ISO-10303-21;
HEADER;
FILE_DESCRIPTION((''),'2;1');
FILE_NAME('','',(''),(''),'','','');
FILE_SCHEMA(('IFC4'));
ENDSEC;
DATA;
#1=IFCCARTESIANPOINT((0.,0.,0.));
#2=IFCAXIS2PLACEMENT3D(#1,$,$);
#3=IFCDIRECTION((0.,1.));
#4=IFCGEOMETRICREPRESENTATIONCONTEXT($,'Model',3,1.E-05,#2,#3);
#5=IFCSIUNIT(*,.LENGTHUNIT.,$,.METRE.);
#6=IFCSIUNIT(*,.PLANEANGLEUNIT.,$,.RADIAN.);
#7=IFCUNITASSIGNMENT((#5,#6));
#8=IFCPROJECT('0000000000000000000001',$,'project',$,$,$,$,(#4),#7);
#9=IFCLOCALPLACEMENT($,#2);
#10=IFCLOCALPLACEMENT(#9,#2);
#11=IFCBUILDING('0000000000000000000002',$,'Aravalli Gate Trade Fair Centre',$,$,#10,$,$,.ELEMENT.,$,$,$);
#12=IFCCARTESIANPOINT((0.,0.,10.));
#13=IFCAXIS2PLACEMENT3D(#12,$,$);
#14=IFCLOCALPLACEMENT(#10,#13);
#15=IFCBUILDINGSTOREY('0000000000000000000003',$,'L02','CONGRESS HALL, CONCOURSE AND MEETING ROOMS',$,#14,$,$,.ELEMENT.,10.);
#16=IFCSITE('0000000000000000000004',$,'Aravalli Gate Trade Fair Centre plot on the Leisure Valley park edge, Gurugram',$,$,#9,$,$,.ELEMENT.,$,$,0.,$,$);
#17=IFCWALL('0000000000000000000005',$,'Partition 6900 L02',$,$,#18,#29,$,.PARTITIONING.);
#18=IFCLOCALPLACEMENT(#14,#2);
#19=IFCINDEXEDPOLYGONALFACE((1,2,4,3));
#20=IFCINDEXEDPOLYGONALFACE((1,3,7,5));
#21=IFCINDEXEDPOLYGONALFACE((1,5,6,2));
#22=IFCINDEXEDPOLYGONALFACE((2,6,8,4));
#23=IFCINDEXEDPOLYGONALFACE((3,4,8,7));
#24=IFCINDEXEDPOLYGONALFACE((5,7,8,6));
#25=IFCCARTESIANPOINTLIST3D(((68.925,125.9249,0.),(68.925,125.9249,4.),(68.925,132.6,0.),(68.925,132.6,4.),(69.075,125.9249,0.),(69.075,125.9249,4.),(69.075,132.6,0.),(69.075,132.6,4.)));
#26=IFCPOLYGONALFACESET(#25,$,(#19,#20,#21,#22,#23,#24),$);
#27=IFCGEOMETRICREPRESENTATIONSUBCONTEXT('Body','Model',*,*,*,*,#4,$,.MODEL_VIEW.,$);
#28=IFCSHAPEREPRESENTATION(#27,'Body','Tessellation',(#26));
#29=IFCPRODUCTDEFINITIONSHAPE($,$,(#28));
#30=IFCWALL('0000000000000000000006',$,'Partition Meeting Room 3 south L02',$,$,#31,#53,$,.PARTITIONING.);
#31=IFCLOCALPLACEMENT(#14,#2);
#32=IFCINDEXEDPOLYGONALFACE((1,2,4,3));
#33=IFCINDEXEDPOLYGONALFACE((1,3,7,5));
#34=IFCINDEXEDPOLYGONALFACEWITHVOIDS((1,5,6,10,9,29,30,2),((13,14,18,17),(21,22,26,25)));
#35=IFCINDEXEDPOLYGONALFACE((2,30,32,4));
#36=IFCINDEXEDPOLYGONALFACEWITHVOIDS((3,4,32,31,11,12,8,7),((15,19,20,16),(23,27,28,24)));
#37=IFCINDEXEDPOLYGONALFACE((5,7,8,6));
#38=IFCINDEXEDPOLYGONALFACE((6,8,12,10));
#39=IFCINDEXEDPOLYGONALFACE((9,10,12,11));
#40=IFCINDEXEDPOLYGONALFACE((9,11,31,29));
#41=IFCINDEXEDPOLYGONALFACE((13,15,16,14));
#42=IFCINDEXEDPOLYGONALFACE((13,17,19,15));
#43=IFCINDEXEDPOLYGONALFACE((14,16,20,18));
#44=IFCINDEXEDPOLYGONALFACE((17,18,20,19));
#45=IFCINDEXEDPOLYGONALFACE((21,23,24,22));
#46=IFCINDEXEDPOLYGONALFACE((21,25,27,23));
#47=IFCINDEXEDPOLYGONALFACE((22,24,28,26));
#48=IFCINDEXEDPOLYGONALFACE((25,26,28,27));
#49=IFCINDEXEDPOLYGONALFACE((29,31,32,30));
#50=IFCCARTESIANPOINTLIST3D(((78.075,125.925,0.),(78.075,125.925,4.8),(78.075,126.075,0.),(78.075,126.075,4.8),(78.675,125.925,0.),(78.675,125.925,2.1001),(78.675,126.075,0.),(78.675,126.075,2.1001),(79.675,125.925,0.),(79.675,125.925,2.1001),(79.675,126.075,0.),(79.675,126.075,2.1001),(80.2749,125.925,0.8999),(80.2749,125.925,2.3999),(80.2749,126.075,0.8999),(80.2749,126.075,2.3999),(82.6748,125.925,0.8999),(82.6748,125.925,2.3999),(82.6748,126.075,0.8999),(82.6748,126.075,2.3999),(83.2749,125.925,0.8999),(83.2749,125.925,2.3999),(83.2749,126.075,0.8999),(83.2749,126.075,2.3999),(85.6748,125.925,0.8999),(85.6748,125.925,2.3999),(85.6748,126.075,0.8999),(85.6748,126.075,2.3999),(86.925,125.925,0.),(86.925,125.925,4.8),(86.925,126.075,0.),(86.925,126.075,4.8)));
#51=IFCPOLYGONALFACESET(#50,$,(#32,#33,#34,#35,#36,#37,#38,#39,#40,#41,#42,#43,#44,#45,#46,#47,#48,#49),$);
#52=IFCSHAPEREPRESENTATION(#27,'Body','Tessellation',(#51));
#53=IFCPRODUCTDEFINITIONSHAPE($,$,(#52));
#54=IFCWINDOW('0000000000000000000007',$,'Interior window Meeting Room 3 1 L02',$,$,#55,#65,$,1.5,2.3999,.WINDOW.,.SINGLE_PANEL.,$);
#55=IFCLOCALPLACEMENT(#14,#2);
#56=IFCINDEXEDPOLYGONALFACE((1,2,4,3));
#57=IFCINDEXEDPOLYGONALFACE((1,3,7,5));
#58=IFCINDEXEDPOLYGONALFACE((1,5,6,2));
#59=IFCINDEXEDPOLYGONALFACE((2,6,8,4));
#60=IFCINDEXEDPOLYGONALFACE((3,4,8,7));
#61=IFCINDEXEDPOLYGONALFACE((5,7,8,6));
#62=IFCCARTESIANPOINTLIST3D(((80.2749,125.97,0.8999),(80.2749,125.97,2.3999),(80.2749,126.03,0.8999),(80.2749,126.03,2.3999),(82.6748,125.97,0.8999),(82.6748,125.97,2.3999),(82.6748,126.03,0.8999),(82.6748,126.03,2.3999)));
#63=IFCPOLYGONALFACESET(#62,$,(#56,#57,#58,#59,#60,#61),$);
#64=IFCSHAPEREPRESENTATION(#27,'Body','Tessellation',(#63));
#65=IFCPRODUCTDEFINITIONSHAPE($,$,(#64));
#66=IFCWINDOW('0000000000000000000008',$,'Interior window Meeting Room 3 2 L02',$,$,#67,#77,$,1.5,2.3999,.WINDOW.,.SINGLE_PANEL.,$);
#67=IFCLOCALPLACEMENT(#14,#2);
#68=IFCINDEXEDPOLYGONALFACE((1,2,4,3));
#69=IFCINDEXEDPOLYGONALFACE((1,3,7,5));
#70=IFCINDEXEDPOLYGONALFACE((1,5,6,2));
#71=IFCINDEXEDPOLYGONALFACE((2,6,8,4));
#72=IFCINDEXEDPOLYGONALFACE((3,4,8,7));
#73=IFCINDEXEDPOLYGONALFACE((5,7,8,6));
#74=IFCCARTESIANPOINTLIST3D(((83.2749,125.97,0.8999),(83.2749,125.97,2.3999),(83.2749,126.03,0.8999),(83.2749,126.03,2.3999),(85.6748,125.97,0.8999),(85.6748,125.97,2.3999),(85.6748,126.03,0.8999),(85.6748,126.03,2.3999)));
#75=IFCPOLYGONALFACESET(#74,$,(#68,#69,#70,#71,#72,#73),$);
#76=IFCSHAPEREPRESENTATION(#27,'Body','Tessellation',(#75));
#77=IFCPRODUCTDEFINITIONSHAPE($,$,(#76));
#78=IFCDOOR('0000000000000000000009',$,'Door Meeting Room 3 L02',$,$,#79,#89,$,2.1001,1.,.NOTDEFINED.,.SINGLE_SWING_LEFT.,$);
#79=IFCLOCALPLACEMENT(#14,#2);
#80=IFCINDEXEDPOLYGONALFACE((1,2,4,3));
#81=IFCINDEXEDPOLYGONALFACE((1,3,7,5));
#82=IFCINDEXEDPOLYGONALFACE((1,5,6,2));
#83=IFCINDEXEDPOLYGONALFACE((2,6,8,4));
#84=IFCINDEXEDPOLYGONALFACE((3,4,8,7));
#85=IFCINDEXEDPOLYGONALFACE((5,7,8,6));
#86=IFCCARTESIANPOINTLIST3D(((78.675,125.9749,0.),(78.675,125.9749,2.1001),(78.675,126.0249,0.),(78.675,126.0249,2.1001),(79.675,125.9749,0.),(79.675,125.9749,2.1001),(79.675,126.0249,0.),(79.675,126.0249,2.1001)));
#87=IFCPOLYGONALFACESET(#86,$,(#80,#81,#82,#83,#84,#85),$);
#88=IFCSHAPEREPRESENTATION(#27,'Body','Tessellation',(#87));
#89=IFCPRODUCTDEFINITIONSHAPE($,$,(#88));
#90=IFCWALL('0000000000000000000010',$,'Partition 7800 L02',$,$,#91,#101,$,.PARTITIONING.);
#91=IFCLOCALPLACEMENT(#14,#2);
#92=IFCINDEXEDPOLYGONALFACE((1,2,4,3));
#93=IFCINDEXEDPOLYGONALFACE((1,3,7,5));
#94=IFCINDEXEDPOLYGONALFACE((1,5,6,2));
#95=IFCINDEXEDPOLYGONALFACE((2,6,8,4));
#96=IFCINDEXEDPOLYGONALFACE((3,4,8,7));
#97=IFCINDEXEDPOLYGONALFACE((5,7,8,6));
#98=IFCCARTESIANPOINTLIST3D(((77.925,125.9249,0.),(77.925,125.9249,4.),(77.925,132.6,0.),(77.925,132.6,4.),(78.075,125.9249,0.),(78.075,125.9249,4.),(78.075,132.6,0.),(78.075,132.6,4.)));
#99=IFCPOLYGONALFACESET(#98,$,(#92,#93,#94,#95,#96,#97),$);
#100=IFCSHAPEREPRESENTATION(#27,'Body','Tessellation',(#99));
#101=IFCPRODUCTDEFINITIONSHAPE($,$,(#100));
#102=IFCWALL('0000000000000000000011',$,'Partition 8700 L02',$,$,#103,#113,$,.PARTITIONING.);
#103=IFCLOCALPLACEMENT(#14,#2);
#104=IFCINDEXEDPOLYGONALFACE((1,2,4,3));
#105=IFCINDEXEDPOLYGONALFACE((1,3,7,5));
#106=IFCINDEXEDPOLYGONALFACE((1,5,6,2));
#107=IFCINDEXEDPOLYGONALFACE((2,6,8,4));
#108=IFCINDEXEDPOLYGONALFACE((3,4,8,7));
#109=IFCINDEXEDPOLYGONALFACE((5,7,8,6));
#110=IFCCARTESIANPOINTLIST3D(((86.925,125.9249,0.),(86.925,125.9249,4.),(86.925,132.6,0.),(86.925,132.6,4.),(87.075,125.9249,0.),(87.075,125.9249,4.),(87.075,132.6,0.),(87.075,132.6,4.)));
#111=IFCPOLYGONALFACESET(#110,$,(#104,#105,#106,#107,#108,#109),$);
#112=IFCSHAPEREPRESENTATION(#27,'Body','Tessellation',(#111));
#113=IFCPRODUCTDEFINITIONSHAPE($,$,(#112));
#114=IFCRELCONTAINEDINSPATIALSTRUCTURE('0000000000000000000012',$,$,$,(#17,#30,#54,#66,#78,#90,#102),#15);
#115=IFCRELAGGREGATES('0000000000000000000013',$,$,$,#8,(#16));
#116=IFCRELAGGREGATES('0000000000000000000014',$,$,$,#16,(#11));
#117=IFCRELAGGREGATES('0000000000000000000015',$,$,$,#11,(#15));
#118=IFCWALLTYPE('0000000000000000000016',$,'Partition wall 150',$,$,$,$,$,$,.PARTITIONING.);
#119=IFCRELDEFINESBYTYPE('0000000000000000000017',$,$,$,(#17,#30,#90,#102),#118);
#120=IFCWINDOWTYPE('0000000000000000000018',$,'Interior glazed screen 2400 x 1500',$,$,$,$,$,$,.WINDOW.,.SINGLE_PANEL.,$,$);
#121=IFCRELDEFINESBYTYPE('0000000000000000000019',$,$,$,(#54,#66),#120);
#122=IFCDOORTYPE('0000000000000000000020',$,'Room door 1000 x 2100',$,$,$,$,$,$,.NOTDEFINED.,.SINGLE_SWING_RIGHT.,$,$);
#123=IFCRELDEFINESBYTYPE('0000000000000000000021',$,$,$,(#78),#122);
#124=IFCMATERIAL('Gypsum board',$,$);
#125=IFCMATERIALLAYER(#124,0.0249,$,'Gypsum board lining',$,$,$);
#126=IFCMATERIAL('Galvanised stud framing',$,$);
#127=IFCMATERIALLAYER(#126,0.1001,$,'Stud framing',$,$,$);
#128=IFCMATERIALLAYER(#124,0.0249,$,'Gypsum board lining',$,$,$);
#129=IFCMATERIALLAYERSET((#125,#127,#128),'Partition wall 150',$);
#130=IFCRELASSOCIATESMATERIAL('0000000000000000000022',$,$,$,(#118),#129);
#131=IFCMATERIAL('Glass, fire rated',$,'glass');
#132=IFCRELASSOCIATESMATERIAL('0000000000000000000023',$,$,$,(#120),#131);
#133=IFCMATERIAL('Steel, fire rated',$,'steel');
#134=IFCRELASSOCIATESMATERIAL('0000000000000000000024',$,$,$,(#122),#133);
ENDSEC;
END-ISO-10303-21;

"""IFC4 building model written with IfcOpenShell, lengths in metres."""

from ifc_helpers import new_model, si_unit, direction, frame, frame_2d, origin, place, context, subcontext, project, spatial, rectangle, extrude, material, layer, layer_set, type_object, element, fill, save


model = new_model("IFC4")

# Units and contexts
model_context = context("Model", 3, precision=1e-05, world=origin(), true_north=direction((0.0, 1.0)))
body_context = subcontext(model_context, "Body", "Model", "MODEL_VIEW")
ifc_project = project(units=[si_unit("LENGTHUNIT", "METRE"), si_unit("PLANEANGLEUNIT", "RADIAN")], contexts=[model_context])

# Site, building, storey
site_placement = place(None, origin())
site = spatial("IfcSite", under=ifc_project, at=site_placement, Name="Aravalli Gate Trade Fair Centre plot on the Leisure Valley park edge, Gurugram", CompositionType="ELEMENT", RefElevation=0.0)
building_placement = place(site_placement, origin())
building = spatial("IfcBuilding", under=site, at=building_placement, Name="Aravalli Gate Trade Fair Centre", CompositionType="ELEMENT")
storey_placement = place(building_placement, frame((0.0, 0.0, 10.0)))
storey = spatial("IfcBuildingStorey", under=building, at=storey_placement, Name="L02", Description="CONGRESS HALL, CONCOURSE AND MEETING ROOMS", CompositionType="ELEMENT", Elevation=10.0)

# Wall
ifc_material_1 = material(Name="Gypsum board")
ifc_layer_1 = layer(ifc_material_1, 0.0249, Name="Gypsum board lining")
ifc_material_2 = material(Name="Galvanised stud framing")
ifc_layer_2 = layer(ifc_material_2, 0.1001, Name="Stud framing")
ifc_layer_3 = layer(ifc_material_1, 0.0249, Name="Gypsum board lining")
ifc_layer_set_1 = layer_set([ifc_layer_1, ifc_layer_2, ifc_layer_3], Name="Partition wall 150")
wall_type_1 = type_object("IfcWallType", Name="Partition wall 150", PredefinedType="PARTITIONING", material=ifc_layer_set_1)
wall_1_placement = place(storey_placement, frame((69.0, 125.925, 0.0), z_axis=(0.0, 0.0, 1.0), x_axis=(0.0, 1.0, 0.0)))
element("IfcWall", 1, at=wall_1_placement, inside=storey, type_object=wall_type_1, Name="Partition 6900 L02", PredefinedType="PARTITIONING", context=body_context, shape_type="SweptSolid", body=[
    extrude(rectangle(XDim=6.675, YDim=0.1499, at=frame_2d((3.3374, 0.0))), origin(), (0.0, 0.0, 1.0), 4.0),
])

# Wall, openings, windows, door
wall_2_placement = place(storey_placement, frame((78.075, 126.0, 0.0), z_axis=(0.0, 0.0, 1.0), x_axis=(1.0, 0.0, 0.0)))
wall_2 = element("IfcWall", 2, at=wall_2_placement, inside=storey, type_object=wall_type_1, Name="Partition Meeting Room 3 south L02", PredefinedType="PARTITIONING", context=body_context, shape_type="SweptSolid", body=[
    extrude(rectangle(XDim=8.8501, YDim=0.1499, at=frame_2d((4.425, 0.0))), origin(), (0.0, 0.0, 1.0), 4.8),
])
opening_1_placement = place(wall_2_placement, frame((0.6001, 0.0, 0.0)))
opening_1 = element("IfcOpeningElement", 3, at=opening_1_placement, cuts=wall_2, PredefinedType="OPENING", context=body_context, shape_type="SweptSolid", body=[
    extrude(rectangle(XDim=1.0, YDim=2.1001, at=frame_2d((0.5, 1.05))), frame((0.0, 0.085, 0.0), z_axis=(0.0, -1.0, 0.0), x_axis=(1.0, 0.0, 0.0)), (0.0, 0.0, 1.0), 0.1699),
])
opening_2_placement = place(wall_2_placement, frame((2.2, 0.0, 0.8999)))
opening_2 = element("IfcOpeningElement", 4, at=opening_2_placement, cuts=wall_2, PredefinedType="OPENING", context=body_context, shape_type="SweptSolid", body=[
    extrude(rectangle(XDim=2.3999, YDim=1.5, at=frame_2d((1.2, 0.75))), frame((0.0, 0.085, 0.0), z_axis=(0.0, -1.0, 0.0), x_axis=(1.0, 0.0, 0.0)), (0.0, 0.0, 1.0), 0.1699),
])
opening_3_placement = place(wall_2_placement, frame((5.2, 0.0, 0.8999)))
opening_3 = element("IfcOpeningElement", 5, at=opening_3_placement, cuts=wall_2, PredefinedType="OPENING", context=body_context, shape_type="SweptSolid", body=[
    extrude(rectangle(XDim=2.3999, YDim=1.5, at=frame_2d((1.2, 0.75))), frame((0.0, 0.085, 0.0), z_axis=(0.0, -1.0, 0.0), x_axis=(1.0, 0.0, 0.0)), (0.0, 0.0, 1.0), 0.1699),
])
ifc_material_3 = material(Name="Glass, fire rated", Category="glass")
window_type = type_object("IfcWindowType", Name="Interior glazed screen 2400 x 1500", PartitioningType="SINGLE_PANEL", PredefinedType="WINDOW", material=ifc_material_3)
window_1_placement = place(opening_2_placement, origin())
window_1 = element("IfcWindow", 6, at=window_1_placement, inside=storey, type_object=window_type, Name="Interior window Meeting Room 3 1 L02", OverallHeight=1.5, OverallWidth=2.3999, PartitioningType="SINGLE_PANEL", PredefinedType="WINDOW", context=body_context, shape_type="SweptSolid", body=[
    extrude(rectangle(XDim=2.3999, YDim=1.5, at=frame_2d((1.2, 0.75))), frame((0.0, 0.03, 0.0), z_axis=(0.0, -1.0, 0.0), x_axis=(1.0, 0.0, 0.0)), (0.0, 0.0, 1.0), 0.0601),
])
fill(opening_2, window_1)
window_2_placement = place(opening_3_placement, origin())
window_2 = element("IfcWindow", 7, at=window_2_placement, inside=storey, type_object=window_type, Name="Interior window Meeting Room 3 2 L02", OverallHeight=1.5, OverallWidth=2.3999, PartitioningType="SINGLE_PANEL", PredefinedType="WINDOW", context=body_context, shape_type="SweptSolid", body=[
    extrude(rectangle(XDim=2.3999, YDim=1.5, at=frame_2d((1.2, 0.75))), frame((0.0, 0.03, 0.0), z_axis=(0.0, -1.0, 0.0), x_axis=(1.0, 0.0, 0.0)), (0.0, 0.0, 1.0), 0.0601),
])
fill(opening_3, window_2)
ifc_material_4 = material(Name="Steel, fire rated", Category="steel")
door_type_1 = type_object("IfcDoorType", Name="Room door 1000 x 2100", OperationType="SINGLE_SWING_RIGHT", PredefinedType="NOTDEFINED", material=ifc_material_4)
door_1_placement = place(opening_1_placement, origin())
door_1 = element("IfcDoor", 8, at=door_1_placement, inside=storey, type_object=door_type_1, Name="Door Meeting Room 3 L02", OperationType="SINGLE_SWING_LEFT", OverallHeight=2.1001, OverallWidth=1.0, PredefinedType="NOTDEFINED", context=body_context, shape_type="SweptSolid", body=[
    extrude(rectangle(XDim=1.0, YDim=2.1001, at=frame_2d((0.5, 1.05))), frame((0.0, 0.0249, 0.0), z_axis=(0.0, -1.0, 0.0), x_axis=(1.0, 0.0, 0.0)), (0.0, 0.0, 1.0), 0.05),
])
fill(opening_1, door_1)

# Walls
for number, where, z_axis, x_axis, name in (
    (9, (78.0, 125.925, 0.0), (0.0, 0.0, 1.0), (0.0, 1.0, 0.0), "Partition 7800 L02"),
    (10, (87.0, 125.925, 0.0), (0.0, 0.0, 1.0), (0.0, 1.0, 0.0), "Partition 8700 L02"),
):
    element("IfcWall", number, at=place(storey_placement, frame(where, z_axis=z_axis, x_axis=x_axis)), inside=storey, type_object=wall_type_1, Name=name, PredefinedType="PARTITIONING", context=body_context, shape_type="SweptSolid", body=[
        extrude(rectangle(XDim=6.675, YDim=0.1499, at=frame_2d((3.3374, 0.0))), origin(), (0.0, 0.0, 1.0), 4.0),
    ])

save(model, "model.ifc")
